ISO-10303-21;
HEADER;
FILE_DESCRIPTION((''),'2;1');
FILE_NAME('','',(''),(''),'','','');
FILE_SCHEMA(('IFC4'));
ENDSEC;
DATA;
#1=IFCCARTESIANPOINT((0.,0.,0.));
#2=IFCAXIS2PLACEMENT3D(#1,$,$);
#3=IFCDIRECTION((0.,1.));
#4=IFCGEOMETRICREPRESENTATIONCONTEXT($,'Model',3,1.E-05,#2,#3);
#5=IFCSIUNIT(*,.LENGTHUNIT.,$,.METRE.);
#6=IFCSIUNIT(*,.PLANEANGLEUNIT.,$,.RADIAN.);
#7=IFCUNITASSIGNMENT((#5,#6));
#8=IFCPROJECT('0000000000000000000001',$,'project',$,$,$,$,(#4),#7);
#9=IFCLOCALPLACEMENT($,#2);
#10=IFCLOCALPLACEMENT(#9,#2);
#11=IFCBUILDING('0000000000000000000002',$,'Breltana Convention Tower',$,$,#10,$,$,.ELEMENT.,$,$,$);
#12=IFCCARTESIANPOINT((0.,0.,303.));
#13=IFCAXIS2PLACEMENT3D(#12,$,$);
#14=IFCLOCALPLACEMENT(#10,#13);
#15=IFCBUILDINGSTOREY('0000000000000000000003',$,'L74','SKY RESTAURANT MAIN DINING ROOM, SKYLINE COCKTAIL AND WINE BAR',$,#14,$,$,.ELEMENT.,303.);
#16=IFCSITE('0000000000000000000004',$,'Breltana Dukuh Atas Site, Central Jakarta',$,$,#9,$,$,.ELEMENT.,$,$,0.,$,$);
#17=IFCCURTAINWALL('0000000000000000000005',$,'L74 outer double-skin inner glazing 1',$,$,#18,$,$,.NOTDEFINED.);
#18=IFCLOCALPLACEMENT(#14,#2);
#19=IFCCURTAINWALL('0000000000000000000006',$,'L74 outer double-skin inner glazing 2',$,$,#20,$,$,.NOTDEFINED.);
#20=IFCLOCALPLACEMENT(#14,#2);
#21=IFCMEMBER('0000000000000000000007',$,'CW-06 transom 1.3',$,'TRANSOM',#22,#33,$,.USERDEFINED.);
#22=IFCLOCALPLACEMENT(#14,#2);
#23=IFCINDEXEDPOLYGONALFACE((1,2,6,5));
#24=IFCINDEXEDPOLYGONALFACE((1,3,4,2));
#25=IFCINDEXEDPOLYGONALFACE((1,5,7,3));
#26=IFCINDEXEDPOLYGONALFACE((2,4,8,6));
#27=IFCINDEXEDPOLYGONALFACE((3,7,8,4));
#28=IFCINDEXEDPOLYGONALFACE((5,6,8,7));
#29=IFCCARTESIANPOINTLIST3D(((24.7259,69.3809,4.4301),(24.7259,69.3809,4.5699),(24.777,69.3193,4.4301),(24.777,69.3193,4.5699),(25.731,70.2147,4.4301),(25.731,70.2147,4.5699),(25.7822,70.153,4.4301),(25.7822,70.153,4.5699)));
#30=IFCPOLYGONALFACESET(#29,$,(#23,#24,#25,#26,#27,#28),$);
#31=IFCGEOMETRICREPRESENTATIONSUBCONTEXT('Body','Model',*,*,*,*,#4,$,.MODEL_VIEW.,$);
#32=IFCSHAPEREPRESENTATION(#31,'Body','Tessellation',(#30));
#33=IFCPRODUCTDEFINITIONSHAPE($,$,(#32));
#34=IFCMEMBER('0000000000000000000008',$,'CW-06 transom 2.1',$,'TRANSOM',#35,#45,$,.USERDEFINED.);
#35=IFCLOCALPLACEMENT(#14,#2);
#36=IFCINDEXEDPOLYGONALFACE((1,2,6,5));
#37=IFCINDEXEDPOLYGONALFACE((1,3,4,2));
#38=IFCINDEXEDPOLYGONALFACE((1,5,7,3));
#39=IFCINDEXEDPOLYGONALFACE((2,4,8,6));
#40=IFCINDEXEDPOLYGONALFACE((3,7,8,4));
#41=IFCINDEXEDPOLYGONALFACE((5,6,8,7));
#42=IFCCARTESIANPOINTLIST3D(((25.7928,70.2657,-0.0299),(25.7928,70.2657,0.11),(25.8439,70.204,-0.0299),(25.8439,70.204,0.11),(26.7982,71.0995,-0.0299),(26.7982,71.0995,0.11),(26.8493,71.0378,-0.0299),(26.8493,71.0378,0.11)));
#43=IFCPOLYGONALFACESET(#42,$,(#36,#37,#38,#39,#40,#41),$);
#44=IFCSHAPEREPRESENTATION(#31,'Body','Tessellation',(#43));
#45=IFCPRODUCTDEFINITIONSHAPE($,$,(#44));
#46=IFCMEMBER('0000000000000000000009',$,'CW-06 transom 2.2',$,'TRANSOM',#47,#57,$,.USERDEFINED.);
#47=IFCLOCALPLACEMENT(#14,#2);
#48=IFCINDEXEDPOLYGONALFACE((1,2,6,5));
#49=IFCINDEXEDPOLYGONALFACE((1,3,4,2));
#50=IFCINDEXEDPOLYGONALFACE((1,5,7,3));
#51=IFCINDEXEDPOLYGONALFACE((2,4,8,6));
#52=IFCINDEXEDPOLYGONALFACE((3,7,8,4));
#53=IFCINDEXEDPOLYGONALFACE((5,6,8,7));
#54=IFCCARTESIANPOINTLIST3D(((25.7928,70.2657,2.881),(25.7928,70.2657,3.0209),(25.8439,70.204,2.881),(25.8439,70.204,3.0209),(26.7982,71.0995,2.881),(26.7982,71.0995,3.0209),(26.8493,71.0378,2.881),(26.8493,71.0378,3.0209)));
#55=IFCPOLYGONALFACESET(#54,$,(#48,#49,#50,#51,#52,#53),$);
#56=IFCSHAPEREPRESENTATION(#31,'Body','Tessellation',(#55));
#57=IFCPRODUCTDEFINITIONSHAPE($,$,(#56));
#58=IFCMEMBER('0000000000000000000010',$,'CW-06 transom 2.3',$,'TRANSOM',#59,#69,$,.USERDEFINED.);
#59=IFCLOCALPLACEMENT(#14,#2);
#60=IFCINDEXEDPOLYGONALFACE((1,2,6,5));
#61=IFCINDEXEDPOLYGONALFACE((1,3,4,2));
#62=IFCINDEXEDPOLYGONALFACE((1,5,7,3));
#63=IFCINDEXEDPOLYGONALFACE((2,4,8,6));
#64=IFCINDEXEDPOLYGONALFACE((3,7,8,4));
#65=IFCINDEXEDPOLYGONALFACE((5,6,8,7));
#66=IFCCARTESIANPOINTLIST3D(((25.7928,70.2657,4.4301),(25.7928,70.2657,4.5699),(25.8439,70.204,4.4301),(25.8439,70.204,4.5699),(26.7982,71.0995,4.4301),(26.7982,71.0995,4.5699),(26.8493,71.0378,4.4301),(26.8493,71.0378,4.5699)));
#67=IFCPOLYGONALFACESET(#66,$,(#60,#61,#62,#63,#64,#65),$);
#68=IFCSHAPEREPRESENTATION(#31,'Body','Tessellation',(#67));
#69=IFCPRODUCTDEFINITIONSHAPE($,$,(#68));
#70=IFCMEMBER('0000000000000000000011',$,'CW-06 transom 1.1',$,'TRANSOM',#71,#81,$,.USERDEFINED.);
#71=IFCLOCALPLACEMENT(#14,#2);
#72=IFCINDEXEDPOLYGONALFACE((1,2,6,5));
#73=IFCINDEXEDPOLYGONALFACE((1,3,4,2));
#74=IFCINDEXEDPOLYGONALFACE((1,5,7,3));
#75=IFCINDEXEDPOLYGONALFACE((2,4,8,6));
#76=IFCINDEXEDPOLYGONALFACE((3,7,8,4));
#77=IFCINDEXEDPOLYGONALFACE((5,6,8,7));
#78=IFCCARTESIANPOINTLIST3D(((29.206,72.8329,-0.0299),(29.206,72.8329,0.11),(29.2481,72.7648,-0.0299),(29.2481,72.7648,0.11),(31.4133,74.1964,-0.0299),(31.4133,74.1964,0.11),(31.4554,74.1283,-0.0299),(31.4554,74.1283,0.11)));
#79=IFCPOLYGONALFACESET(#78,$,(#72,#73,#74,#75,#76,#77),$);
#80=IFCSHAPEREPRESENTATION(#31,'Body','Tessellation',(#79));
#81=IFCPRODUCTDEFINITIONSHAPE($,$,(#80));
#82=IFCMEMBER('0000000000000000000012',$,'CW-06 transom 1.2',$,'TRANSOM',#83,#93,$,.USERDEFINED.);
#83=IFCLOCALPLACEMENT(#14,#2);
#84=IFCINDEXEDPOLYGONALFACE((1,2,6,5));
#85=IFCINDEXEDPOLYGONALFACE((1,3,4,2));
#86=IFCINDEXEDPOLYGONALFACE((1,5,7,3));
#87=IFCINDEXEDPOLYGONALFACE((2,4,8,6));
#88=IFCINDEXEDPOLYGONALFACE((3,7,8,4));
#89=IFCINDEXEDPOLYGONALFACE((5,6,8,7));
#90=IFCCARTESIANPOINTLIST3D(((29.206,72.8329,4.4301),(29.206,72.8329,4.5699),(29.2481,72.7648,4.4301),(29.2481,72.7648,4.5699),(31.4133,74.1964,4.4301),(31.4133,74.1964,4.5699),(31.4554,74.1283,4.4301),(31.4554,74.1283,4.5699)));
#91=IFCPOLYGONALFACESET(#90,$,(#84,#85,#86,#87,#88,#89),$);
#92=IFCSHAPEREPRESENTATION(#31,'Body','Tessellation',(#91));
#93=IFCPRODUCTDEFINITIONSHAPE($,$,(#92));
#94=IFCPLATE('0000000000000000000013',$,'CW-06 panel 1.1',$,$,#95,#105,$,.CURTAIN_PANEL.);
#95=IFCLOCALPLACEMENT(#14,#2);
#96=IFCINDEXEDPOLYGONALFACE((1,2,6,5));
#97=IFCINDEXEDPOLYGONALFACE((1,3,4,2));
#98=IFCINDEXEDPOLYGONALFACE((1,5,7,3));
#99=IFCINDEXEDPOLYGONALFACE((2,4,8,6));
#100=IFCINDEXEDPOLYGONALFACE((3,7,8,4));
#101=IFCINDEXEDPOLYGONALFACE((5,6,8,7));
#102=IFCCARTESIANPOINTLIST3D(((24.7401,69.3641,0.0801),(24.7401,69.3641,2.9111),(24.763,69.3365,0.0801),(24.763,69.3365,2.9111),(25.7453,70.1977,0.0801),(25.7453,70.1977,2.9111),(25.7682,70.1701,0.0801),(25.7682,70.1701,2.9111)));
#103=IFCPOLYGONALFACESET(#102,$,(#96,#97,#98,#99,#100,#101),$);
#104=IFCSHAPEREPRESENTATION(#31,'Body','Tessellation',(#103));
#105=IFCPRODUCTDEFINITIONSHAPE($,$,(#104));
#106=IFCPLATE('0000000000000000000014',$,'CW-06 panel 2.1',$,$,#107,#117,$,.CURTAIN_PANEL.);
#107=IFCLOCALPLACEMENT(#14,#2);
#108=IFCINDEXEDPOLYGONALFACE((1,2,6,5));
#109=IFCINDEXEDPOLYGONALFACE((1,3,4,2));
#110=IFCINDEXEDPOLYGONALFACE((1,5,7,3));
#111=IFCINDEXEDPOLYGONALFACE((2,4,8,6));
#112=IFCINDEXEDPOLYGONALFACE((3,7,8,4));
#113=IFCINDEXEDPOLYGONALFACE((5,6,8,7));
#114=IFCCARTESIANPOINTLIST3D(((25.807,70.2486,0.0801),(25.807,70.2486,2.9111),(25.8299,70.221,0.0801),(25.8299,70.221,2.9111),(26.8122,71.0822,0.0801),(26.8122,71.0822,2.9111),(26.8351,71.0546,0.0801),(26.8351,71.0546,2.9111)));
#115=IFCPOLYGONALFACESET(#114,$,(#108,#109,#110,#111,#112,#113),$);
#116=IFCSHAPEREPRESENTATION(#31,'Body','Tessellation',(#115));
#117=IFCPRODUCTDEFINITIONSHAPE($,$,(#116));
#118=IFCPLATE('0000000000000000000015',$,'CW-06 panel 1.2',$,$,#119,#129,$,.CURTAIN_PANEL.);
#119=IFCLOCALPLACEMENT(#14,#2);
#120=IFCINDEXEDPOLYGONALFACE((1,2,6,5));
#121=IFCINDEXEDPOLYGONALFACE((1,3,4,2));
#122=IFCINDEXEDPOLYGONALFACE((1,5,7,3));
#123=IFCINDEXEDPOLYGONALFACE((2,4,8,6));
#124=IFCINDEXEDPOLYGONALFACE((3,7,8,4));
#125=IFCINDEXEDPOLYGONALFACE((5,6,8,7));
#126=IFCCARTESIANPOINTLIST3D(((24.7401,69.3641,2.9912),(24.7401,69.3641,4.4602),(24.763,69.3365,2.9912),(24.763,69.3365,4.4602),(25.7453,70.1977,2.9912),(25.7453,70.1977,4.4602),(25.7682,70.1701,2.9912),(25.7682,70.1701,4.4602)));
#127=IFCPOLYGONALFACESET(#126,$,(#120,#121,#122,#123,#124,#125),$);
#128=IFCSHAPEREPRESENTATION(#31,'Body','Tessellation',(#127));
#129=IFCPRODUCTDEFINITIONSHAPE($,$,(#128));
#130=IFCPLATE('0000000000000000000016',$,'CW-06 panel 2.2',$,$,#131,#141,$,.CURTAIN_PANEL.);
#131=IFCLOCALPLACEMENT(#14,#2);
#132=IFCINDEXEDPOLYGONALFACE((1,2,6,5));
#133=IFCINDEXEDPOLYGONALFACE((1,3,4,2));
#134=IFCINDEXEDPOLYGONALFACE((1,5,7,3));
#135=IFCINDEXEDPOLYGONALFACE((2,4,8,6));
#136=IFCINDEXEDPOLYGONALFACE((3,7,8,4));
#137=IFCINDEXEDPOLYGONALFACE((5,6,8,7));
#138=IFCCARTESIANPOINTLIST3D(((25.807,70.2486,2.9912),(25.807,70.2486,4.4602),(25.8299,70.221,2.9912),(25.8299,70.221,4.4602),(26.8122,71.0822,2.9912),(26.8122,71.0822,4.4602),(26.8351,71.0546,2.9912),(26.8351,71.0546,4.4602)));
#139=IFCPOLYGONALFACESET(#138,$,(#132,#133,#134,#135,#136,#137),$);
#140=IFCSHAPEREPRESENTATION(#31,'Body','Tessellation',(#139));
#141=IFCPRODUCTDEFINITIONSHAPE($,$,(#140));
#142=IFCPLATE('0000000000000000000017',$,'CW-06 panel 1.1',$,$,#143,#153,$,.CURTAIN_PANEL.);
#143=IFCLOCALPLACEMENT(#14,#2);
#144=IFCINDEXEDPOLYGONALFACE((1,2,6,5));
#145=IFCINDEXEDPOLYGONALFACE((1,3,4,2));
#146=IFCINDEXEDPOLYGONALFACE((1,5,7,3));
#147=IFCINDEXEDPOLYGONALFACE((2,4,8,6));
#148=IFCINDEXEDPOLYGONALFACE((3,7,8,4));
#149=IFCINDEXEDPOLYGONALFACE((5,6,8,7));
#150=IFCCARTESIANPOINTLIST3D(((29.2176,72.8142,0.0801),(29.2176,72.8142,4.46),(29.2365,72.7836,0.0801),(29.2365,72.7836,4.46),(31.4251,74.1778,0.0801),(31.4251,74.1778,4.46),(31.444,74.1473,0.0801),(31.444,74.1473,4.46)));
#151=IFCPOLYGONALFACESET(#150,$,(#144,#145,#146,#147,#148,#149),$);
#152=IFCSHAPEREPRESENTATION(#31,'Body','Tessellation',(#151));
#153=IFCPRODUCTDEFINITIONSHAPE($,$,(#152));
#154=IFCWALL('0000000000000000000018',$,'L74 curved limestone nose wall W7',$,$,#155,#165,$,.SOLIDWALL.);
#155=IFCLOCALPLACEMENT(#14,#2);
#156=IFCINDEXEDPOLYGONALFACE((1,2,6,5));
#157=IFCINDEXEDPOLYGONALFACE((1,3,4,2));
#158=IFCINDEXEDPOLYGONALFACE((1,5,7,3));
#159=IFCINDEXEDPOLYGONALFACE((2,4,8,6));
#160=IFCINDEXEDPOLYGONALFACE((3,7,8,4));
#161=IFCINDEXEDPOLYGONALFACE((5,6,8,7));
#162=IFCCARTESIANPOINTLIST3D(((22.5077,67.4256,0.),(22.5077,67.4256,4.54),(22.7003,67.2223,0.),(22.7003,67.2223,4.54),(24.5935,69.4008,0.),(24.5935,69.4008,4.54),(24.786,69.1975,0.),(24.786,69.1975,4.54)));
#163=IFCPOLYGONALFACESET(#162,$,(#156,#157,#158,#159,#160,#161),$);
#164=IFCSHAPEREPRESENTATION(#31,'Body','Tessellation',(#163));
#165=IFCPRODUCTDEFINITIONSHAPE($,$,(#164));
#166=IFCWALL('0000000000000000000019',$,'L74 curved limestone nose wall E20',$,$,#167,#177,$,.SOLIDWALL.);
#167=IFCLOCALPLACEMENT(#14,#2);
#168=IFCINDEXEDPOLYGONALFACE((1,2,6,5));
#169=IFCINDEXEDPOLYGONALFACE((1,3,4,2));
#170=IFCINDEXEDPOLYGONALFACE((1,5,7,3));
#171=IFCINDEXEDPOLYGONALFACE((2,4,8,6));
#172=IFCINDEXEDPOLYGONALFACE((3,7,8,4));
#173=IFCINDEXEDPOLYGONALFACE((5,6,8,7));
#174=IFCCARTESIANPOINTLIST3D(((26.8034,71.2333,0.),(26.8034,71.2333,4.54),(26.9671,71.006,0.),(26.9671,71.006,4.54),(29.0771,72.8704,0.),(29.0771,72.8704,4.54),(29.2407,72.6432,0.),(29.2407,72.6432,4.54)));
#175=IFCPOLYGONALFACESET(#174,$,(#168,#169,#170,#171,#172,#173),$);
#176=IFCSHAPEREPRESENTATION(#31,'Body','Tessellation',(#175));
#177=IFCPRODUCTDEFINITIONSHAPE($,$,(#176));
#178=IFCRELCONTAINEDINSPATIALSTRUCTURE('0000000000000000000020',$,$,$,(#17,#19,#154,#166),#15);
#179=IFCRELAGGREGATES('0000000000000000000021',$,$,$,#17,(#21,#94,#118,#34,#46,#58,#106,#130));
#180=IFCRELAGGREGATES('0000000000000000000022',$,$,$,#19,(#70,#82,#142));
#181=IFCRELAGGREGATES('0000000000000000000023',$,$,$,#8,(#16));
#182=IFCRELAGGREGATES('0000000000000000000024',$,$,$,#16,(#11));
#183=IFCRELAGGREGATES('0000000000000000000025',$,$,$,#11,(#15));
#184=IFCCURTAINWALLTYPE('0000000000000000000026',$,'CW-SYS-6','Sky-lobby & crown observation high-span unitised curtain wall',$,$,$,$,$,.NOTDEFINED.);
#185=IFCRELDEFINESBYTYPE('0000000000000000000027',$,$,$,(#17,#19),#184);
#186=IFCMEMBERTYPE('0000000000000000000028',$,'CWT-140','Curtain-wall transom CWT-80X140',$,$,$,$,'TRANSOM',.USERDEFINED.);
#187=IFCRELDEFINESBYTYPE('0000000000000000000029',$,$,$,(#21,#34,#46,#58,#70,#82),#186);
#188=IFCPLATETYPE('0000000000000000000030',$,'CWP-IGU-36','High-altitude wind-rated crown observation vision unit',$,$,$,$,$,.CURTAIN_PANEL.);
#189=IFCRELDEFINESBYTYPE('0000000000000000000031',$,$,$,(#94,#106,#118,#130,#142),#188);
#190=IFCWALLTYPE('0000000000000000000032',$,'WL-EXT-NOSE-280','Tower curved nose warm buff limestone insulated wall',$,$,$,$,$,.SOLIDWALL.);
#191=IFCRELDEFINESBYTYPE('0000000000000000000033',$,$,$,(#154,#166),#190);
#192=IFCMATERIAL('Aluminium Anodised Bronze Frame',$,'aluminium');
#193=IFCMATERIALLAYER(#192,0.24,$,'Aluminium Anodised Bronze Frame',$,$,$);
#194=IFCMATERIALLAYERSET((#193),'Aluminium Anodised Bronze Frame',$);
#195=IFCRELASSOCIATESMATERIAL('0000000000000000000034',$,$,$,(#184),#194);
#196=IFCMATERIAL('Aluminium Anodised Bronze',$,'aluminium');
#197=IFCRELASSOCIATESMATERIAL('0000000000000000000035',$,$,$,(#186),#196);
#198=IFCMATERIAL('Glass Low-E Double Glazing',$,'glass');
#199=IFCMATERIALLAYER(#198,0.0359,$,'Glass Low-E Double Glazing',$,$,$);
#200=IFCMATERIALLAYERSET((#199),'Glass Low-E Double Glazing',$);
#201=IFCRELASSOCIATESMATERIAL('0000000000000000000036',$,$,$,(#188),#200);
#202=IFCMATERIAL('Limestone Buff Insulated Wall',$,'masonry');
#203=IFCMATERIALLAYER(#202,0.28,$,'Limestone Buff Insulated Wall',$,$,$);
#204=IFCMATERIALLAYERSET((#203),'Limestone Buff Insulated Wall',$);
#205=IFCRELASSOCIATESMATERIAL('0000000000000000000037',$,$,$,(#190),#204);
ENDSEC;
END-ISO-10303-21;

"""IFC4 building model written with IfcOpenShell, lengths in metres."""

from ifc_helpers import new_model, si_unit, direction, frame, frame_2d, origin, origin_2d, place, context, subcontext, project, spatial, rectangle, extrude, source, transform, mapped, material, layer, layer_set, material_profile, profile_set, type_object, element, aggregate, save


model = new_model("IFC4")

# Units and contexts
model_context = context("Model", 3, precision=1e-05, world=origin(), true_north=direction((0.0, 1.0)))
body_context = subcontext(model_context, "Body", "Model", "MODEL_VIEW")
ifc_project = project(units=[si_unit("LENGTHUNIT", "METRE"), si_unit("PLANEANGLEUNIT", "RADIAN")], contexts=[model_context])

# Site, building, storey
site_placement = place(None, origin())
site = spatial("IfcSite", under=ifc_project, at=site_placement, Name="Breltana Dukuh Atas Site, Central Jakarta", CompositionType="ELEMENT", RefElevation=0.0)
building_placement = place(site_placement, origin())
building = spatial("IfcBuilding", under=site, at=building_placement, Name="Breltana Convention Tower", CompositionType="ELEMENT")
storey_placement = place(building_placement, frame((0.0, 0.0, 303.0)))
storey = spatial("IfcBuildingStorey", under=building, at=storey_placement, Name="L74", Description="SKY RESTAURANT MAIN DINING ROOM, SKYLINE COCKTAIL AND WINE BAR", CompositionType="ELEMENT", Elevation=303.0)

# Curtain walls
ifc_material_1 = material(Name="Aluminium Anodised Bronze Frame", Category="aluminium")
ifc_layer_1 = layer(ifc_material_1, 0.24, Name="Aluminium Anodised Bronze Frame")
ifc_layer_set_1 = layer_set([ifc_layer_1], Name="Aluminium Anodised Bronze Frame")
curtain_wall_type = type_object("IfcCurtainWallType", Name="CW-SYS-6", Description="Sky-lobby & crown observation high-span unitised curtain wall", PredefinedType="NOTDEFINED", material=ifc_layer_set_1)
curtain_wall_1_placement = place(storey_placement, origin())
curtain_wall_1 = element("IfcCurtainWall", 1, at=curtain_wall_1_placement, inside=storey, type_object=curtain_wall_type, Name="L74 outer double-skin inner glazing 1", PredefinedType="NOTDEFINED")
ifc_material_2 = material(Name="Aluminium Anodised Bronze", Category="aluminium")
curtain_wall_2_placement = place(storey_placement, origin())
curtain_wall_2 = element("IfcCurtainWall", 2, at=curtain_wall_2_placement, inside=storey, type_object=curtain_wall_type, Name="L74 outer double-skin inner glazing 2", PredefinedType="NOTDEFINED")

# Members
ifc_material_profile_1 = material_profile(ifc_material_2, rectangle(XDim=0.0801, YDim=0.1399, at=origin_2d()), Name="CWT-80X140")
ifc_profile_set_1 = profile_set([ifc_material_profile_1], Name="Aluminium Anodised Bronze")
member_type_1 = type_object("IfcMemberType", Name="CWT-140", Description="Curtain-wall transom CWT-80X140", ElementType="TRANSOM", PredefinedType="USERDEFINED", material=ifc_profile_set_1)
shared_shape_1 = source(origin(), body_context, "Body", "SweptSolid", [
    extrude(rectangle(XDim=0.0801, YDim=0.1399, at=origin_2d()), origin(), (0.0, 0.0, 1.0), 1.3059),
])
member_1_placement = place(storey_placement, frame((24.7515, 69.3501, 4.5), z_axis=(0.769675, 0.638436, 0.0), x_axis=(-0.638436, 0.769675, 0.0)))
member_1 = element("IfcMember", 3, at=member_1_placement, type_object=member_type_1, Name="CW-06 transom 1.3", ObjectType="TRANSOM", PredefinedType="USERDEFINED", context=body_context, shape_type="MappedRepresentation", body=[
    mapped(shared_shape_1, transform((0.0, 0.0, 0.0), scale=1.0)),
])
shared_shape_2 = source(origin(), body_context, "Body", "SweptSolid", [
    extrude(rectangle(XDim=0.0801, YDim=0.1399, at=origin_2d()), origin(), (0.0, 0.0, 1.0), 1.3062),
])
member_2_placement = place(storey_placement, frame((25.8184, 70.2349, 0.04), z_axis=(0.769751, 0.638344, 0.0), x_axis=(-0.638344, 0.769751, 0.0)))
member_2 = element("IfcMember", 4, at=member_2_placement, type_object=member_type_1, Name="CW-06 transom 2.1", ObjectType="TRANSOM", PredefinedType="USERDEFINED", context=body_context, shape_type="MappedRepresentation", body=[
    mapped(shared_shape_2, transform((0.0, 0.0, 0.0), scale=1.0)),
])
member_3_placement = place(storey_placement, frame((25.8184, 70.2349, 2.9509), z_axis=(0.769751, 0.638344, 0.0), x_axis=(-0.638344, 0.769751, 0.0)))
member_3 = element("IfcMember", 5, at=member_3_placement, type_object=member_type_1, Name="CW-06 transom 2.2", ObjectType="TRANSOM", PredefinedType="USERDEFINED", context=body_context, shape_type="MappedRepresentation", body=[
    mapped(shared_shape_2, transform((0.0, 0.0, 0.0), scale=1.0)),
])
member_4_placement = place(storey_placement, frame((25.8184, 70.2349, 4.5), z_axis=(0.769751, 0.638344, 0.0), x_axis=(-0.638344, 0.769751, 0.0)))
member_4 = element("IfcMember", 6, at=member_4_placement, type_object=member_type_1, Name="CW-06 transom 2.3", ObjectType="TRANSOM", PredefinedType="USERDEFINED", context=body_context, shape_type="MappedRepresentation", body=[
    mapped(shared_shape_2, transform((0.0, 0.0, 0.0), scale=1.0)),
])
shared_shape_3 = source(origin(), body_context, "Body", "SweptSolid", [
    extrude(rectangle(XDim=0.0801, YDim=0.1399, at=origin_2d()), origin(), (0.0, 0.0, 1.0), 2.5945),
])
member_5_placement = place(storey_placement, frame((29.2271, 72.7988, 0.04), z_axis=(0.850762, 0.525551, 0.0), x_axis=(-0.525551, 0.850762, 0.0)))
member_5 = element("IfcMember", 7, at=member_5_placement, type_object=member_type_1, Name="CW-06 transom 1.1", ObjectType="TRANSOM", PredefinedType="USERDEFINED", context=body_context, shape_type="MappedRepresentation", body=[
    mapped(shared_shape_3, transform((0.0, 0.0, 0.0), scale=1.0)),
])
member_6_placement = place(storey_placement, frame((29.2271, 72.7988, 4.5), z_axis=(0.850762, 0.525551, 0.0), x_axis=(-0.525551, 0.850762, 0.0)))
member_6 = element("IfcMember", 8, at=member_6_placement, type_object=member_type_1, Name="CW-06 transom 1.2", ObjectType="TRANSOM", PredefinedType="USERDEFINED", context=body_context, shape_type="MappedRepresentation", body=[
    mapped(shared_shape_3, transform((0.0, 0.0, 0.0), scale=1.0)),
])

# Plates
ifc_material_3 = material(Name="Glass Low-E Double Glazing", Category="glass")
ifc_layer_2 = layer(ifc_material_3, 0.0359, Name="Glass Low-E Double Glazing")
ifc_layer_set_2 = layer_set([ifc_layer_2], Name="Glass Low-E Double Glazing")
plate_type = type_object("IfcPlateType", Name="CWP-IGU-36", Description="High-altitude wind-rated crown observation vision unit", PredefinedType="CURTAIN_PANEL", material=ifc_layer_set_2)
shared_shape_4 = source(origin(), body_context, "Body", "SweptSolid", [
    extrude(rectangle(XDim=1.3059, YDim=0.0359, at=origin_2d()), origin(), (0.0, 0.0, 1.0), 2.8311),
])
plate_1_placement = place(storey_placement, frame((25.2542, 69.7671, 0.0801), z_axis=(0.0, 0.0, 1.0), x_axis=(0.769771, 0.63832, 0.0)))
plate_1 = element("IfcPlate", 9, at=plate_1_placement, type_object=plate_type, Name="CW-06 panel 1.1", PredefinedType="CURTAIN_PANEL", context=body_context, shape_type="MappedRepresentation", body=[
    mapped(shared_shape_4, transform((0.0, 0.0, 0.0), scale=1.0)),
])
plate_2_placement = place(storey_placement, frame((26.321, 70.6516, 0.0801), z_axis=(0.0, 0.0, 1.0), x_axis=(0.769771, 0.63832, 0.0)))
plate_2 = element("IfcPlate", 10, at=plate_2_placement, type_object=plate_type, Name="CW-06 panel 2.1", PredefinedType="CURTAIN_PANEL", context=body_context, shape_type="MappedRepresentation", body=[
    mapped(shared_shape_4, transform((0.0, 0.0, 0.0), scale=1.0)),
])
shared_shape_5 = source(origin(), body_context, "Body", "SweptSolid", [
    extrude(rectangle(XDim=1.3059, YDim=0.0359, at=origin_2d()), origin(), (0.0, 0.0, 1.0), 1.469),
])
plate_3_placement = place(storey_placement, frame((25.2542, 69.7671, 2.9912), z_axis=(0.0, 0.0, 1.0), x_axis=(0.769771, 0.63832, 0.0)))
plate_3 = element("IfcPlate", 11, at=plate_3_placement, type_object=plate_type, Name="CW-06 panel 1.2", PredefinedType="CURTAIN_PANEL", context=body_context, shape_type="MappedRepresentation", body=[
    mapped(shared_shape_5, transform((0.0, 0.0, 0.0), scale=1.0)),
])
plate_4_placement = place(storey_placement, frame((26.321, 70.6516, 2.9912), z_axis=(0.0, 0.0, 1.0), x_axis=(0.769771, 0.63832, 0.0)))
plate_4 = element("IfcPlate", 12, at=plate_4_placement, type_object=plate_type, Name="CW-06 panel 2.2", PredefinedType="CURTAIN_PANEL", context=body_context, shape_type="MappedRepresentation", body=[
    mapped(shared_shape_5, transform((0.0, 0.0, 0.0), scale=1.0)),
])
aggregate(curtain_wall_1, [member_1, plate_1, plate_3, member_2, member_3, member_4, plate_2, plate_4])
shared_shape_6 = source(origin(), body_context, "Body", "SweptSolid", [
    extrude(rectangle(XDim=2.5947, YDim=0.0359, at=origin_2d()), origin(), (0.0, 0.0, 1.0), 4.3799),
])
plate_5_placement = place(storey_placement, frame((30.3308, 73.4807, 0.0801), z_axis=(0.0, 0.0, 1.0), x_axis=(0.850768, 0.525541, 0.0)))
plate_5 = element("IfcPlate", 13, at=plate_5_placement, type_object=plate_type, Name="CW-06 panel 1.1", PredefinedType="CURTAIN_PANEL", context=body_context, shape_type="MappedRepresentation", body=[
    mapped(shared_shape_6, transform((0.0, 0.0, 0.0), scale=1.0)),
])
aggregate(curtain_wall_2, [member_5, member_6, plate_5])

# Walls
ifc_material_4 = material(Name="Limestone Buff Insulated Wall", Category="masonry")
ifc_layer_3 = layer(ifc_material_4, 0.28, Name="Limestone Buff Insulated Wall")
ifc_layer_set_3 = layer_set([ifc_layer_3], Name="Limestone Buff Insulated Wall")
wall_type = type_object("IfcWallType", Name="WL-EXT-NOSE-280", Description="Tower curved nose warm buff limestone insulated wall", PredefinedType="SOLIDWALL", material=ifc_layer_set_3)
shared_shape_7 = source(origin(), body_context, "Body", "SweptSolid", [
    extrude(rectangle(XDim=2.8726, YDim=0.28, at=frame_2d((1.4363, 0.0))), origin(), (0.0, 0.0, 1.0), 4.54),
])
wall_1_placement = place(storey_placement, frame((22.604, 67.324, 0.0), z_axis=(0.0, 0.0, 1.0), x_axis=(0.726096, 0.687594, 0.0)))
element("IfcWall", 14, at=wall_1_placement, inside=storey, type_object=wall_type, Name="L74 curved limestone nose wall W7", PredefinedType="SOLIDWALL", context=body_context, shape_type="MappedRepresentation", body=[
    mapped(shared_shape_7, transform((0.0, 0.0, 0.0), scale=1.0)),
])
shared_shape_8 = source(origin(), body_context, "Body", "SweptSolid", [
    extrude(rectangle(XDim=2.8018, YDim=0.28, at=frame_2d((1.4009, 0.0))), origin(), (0.0, 0.0, 1.0), 4.54),
])
wall_2_placement = place(storey_placement, frame((26.8853, 71.1196, 0.0), z_axis=(0.0, 0.0, 1.0), x_axis=(0.811508, 0.584341, 0.0)))
element("IfcWall", 15, at=wall_2_placement, inside=storey, type_object=wall_type, Name="L74 curved limestone nose wall E20", PredefinedType="SOLIDWALL", context=body_context, shape_type="MappedRepresentation", body=[
    mapped(shared_shape_8, transform((0.0, 0.0, 0.0), scale=1.0)),
])

save(model, "model.ifc")
